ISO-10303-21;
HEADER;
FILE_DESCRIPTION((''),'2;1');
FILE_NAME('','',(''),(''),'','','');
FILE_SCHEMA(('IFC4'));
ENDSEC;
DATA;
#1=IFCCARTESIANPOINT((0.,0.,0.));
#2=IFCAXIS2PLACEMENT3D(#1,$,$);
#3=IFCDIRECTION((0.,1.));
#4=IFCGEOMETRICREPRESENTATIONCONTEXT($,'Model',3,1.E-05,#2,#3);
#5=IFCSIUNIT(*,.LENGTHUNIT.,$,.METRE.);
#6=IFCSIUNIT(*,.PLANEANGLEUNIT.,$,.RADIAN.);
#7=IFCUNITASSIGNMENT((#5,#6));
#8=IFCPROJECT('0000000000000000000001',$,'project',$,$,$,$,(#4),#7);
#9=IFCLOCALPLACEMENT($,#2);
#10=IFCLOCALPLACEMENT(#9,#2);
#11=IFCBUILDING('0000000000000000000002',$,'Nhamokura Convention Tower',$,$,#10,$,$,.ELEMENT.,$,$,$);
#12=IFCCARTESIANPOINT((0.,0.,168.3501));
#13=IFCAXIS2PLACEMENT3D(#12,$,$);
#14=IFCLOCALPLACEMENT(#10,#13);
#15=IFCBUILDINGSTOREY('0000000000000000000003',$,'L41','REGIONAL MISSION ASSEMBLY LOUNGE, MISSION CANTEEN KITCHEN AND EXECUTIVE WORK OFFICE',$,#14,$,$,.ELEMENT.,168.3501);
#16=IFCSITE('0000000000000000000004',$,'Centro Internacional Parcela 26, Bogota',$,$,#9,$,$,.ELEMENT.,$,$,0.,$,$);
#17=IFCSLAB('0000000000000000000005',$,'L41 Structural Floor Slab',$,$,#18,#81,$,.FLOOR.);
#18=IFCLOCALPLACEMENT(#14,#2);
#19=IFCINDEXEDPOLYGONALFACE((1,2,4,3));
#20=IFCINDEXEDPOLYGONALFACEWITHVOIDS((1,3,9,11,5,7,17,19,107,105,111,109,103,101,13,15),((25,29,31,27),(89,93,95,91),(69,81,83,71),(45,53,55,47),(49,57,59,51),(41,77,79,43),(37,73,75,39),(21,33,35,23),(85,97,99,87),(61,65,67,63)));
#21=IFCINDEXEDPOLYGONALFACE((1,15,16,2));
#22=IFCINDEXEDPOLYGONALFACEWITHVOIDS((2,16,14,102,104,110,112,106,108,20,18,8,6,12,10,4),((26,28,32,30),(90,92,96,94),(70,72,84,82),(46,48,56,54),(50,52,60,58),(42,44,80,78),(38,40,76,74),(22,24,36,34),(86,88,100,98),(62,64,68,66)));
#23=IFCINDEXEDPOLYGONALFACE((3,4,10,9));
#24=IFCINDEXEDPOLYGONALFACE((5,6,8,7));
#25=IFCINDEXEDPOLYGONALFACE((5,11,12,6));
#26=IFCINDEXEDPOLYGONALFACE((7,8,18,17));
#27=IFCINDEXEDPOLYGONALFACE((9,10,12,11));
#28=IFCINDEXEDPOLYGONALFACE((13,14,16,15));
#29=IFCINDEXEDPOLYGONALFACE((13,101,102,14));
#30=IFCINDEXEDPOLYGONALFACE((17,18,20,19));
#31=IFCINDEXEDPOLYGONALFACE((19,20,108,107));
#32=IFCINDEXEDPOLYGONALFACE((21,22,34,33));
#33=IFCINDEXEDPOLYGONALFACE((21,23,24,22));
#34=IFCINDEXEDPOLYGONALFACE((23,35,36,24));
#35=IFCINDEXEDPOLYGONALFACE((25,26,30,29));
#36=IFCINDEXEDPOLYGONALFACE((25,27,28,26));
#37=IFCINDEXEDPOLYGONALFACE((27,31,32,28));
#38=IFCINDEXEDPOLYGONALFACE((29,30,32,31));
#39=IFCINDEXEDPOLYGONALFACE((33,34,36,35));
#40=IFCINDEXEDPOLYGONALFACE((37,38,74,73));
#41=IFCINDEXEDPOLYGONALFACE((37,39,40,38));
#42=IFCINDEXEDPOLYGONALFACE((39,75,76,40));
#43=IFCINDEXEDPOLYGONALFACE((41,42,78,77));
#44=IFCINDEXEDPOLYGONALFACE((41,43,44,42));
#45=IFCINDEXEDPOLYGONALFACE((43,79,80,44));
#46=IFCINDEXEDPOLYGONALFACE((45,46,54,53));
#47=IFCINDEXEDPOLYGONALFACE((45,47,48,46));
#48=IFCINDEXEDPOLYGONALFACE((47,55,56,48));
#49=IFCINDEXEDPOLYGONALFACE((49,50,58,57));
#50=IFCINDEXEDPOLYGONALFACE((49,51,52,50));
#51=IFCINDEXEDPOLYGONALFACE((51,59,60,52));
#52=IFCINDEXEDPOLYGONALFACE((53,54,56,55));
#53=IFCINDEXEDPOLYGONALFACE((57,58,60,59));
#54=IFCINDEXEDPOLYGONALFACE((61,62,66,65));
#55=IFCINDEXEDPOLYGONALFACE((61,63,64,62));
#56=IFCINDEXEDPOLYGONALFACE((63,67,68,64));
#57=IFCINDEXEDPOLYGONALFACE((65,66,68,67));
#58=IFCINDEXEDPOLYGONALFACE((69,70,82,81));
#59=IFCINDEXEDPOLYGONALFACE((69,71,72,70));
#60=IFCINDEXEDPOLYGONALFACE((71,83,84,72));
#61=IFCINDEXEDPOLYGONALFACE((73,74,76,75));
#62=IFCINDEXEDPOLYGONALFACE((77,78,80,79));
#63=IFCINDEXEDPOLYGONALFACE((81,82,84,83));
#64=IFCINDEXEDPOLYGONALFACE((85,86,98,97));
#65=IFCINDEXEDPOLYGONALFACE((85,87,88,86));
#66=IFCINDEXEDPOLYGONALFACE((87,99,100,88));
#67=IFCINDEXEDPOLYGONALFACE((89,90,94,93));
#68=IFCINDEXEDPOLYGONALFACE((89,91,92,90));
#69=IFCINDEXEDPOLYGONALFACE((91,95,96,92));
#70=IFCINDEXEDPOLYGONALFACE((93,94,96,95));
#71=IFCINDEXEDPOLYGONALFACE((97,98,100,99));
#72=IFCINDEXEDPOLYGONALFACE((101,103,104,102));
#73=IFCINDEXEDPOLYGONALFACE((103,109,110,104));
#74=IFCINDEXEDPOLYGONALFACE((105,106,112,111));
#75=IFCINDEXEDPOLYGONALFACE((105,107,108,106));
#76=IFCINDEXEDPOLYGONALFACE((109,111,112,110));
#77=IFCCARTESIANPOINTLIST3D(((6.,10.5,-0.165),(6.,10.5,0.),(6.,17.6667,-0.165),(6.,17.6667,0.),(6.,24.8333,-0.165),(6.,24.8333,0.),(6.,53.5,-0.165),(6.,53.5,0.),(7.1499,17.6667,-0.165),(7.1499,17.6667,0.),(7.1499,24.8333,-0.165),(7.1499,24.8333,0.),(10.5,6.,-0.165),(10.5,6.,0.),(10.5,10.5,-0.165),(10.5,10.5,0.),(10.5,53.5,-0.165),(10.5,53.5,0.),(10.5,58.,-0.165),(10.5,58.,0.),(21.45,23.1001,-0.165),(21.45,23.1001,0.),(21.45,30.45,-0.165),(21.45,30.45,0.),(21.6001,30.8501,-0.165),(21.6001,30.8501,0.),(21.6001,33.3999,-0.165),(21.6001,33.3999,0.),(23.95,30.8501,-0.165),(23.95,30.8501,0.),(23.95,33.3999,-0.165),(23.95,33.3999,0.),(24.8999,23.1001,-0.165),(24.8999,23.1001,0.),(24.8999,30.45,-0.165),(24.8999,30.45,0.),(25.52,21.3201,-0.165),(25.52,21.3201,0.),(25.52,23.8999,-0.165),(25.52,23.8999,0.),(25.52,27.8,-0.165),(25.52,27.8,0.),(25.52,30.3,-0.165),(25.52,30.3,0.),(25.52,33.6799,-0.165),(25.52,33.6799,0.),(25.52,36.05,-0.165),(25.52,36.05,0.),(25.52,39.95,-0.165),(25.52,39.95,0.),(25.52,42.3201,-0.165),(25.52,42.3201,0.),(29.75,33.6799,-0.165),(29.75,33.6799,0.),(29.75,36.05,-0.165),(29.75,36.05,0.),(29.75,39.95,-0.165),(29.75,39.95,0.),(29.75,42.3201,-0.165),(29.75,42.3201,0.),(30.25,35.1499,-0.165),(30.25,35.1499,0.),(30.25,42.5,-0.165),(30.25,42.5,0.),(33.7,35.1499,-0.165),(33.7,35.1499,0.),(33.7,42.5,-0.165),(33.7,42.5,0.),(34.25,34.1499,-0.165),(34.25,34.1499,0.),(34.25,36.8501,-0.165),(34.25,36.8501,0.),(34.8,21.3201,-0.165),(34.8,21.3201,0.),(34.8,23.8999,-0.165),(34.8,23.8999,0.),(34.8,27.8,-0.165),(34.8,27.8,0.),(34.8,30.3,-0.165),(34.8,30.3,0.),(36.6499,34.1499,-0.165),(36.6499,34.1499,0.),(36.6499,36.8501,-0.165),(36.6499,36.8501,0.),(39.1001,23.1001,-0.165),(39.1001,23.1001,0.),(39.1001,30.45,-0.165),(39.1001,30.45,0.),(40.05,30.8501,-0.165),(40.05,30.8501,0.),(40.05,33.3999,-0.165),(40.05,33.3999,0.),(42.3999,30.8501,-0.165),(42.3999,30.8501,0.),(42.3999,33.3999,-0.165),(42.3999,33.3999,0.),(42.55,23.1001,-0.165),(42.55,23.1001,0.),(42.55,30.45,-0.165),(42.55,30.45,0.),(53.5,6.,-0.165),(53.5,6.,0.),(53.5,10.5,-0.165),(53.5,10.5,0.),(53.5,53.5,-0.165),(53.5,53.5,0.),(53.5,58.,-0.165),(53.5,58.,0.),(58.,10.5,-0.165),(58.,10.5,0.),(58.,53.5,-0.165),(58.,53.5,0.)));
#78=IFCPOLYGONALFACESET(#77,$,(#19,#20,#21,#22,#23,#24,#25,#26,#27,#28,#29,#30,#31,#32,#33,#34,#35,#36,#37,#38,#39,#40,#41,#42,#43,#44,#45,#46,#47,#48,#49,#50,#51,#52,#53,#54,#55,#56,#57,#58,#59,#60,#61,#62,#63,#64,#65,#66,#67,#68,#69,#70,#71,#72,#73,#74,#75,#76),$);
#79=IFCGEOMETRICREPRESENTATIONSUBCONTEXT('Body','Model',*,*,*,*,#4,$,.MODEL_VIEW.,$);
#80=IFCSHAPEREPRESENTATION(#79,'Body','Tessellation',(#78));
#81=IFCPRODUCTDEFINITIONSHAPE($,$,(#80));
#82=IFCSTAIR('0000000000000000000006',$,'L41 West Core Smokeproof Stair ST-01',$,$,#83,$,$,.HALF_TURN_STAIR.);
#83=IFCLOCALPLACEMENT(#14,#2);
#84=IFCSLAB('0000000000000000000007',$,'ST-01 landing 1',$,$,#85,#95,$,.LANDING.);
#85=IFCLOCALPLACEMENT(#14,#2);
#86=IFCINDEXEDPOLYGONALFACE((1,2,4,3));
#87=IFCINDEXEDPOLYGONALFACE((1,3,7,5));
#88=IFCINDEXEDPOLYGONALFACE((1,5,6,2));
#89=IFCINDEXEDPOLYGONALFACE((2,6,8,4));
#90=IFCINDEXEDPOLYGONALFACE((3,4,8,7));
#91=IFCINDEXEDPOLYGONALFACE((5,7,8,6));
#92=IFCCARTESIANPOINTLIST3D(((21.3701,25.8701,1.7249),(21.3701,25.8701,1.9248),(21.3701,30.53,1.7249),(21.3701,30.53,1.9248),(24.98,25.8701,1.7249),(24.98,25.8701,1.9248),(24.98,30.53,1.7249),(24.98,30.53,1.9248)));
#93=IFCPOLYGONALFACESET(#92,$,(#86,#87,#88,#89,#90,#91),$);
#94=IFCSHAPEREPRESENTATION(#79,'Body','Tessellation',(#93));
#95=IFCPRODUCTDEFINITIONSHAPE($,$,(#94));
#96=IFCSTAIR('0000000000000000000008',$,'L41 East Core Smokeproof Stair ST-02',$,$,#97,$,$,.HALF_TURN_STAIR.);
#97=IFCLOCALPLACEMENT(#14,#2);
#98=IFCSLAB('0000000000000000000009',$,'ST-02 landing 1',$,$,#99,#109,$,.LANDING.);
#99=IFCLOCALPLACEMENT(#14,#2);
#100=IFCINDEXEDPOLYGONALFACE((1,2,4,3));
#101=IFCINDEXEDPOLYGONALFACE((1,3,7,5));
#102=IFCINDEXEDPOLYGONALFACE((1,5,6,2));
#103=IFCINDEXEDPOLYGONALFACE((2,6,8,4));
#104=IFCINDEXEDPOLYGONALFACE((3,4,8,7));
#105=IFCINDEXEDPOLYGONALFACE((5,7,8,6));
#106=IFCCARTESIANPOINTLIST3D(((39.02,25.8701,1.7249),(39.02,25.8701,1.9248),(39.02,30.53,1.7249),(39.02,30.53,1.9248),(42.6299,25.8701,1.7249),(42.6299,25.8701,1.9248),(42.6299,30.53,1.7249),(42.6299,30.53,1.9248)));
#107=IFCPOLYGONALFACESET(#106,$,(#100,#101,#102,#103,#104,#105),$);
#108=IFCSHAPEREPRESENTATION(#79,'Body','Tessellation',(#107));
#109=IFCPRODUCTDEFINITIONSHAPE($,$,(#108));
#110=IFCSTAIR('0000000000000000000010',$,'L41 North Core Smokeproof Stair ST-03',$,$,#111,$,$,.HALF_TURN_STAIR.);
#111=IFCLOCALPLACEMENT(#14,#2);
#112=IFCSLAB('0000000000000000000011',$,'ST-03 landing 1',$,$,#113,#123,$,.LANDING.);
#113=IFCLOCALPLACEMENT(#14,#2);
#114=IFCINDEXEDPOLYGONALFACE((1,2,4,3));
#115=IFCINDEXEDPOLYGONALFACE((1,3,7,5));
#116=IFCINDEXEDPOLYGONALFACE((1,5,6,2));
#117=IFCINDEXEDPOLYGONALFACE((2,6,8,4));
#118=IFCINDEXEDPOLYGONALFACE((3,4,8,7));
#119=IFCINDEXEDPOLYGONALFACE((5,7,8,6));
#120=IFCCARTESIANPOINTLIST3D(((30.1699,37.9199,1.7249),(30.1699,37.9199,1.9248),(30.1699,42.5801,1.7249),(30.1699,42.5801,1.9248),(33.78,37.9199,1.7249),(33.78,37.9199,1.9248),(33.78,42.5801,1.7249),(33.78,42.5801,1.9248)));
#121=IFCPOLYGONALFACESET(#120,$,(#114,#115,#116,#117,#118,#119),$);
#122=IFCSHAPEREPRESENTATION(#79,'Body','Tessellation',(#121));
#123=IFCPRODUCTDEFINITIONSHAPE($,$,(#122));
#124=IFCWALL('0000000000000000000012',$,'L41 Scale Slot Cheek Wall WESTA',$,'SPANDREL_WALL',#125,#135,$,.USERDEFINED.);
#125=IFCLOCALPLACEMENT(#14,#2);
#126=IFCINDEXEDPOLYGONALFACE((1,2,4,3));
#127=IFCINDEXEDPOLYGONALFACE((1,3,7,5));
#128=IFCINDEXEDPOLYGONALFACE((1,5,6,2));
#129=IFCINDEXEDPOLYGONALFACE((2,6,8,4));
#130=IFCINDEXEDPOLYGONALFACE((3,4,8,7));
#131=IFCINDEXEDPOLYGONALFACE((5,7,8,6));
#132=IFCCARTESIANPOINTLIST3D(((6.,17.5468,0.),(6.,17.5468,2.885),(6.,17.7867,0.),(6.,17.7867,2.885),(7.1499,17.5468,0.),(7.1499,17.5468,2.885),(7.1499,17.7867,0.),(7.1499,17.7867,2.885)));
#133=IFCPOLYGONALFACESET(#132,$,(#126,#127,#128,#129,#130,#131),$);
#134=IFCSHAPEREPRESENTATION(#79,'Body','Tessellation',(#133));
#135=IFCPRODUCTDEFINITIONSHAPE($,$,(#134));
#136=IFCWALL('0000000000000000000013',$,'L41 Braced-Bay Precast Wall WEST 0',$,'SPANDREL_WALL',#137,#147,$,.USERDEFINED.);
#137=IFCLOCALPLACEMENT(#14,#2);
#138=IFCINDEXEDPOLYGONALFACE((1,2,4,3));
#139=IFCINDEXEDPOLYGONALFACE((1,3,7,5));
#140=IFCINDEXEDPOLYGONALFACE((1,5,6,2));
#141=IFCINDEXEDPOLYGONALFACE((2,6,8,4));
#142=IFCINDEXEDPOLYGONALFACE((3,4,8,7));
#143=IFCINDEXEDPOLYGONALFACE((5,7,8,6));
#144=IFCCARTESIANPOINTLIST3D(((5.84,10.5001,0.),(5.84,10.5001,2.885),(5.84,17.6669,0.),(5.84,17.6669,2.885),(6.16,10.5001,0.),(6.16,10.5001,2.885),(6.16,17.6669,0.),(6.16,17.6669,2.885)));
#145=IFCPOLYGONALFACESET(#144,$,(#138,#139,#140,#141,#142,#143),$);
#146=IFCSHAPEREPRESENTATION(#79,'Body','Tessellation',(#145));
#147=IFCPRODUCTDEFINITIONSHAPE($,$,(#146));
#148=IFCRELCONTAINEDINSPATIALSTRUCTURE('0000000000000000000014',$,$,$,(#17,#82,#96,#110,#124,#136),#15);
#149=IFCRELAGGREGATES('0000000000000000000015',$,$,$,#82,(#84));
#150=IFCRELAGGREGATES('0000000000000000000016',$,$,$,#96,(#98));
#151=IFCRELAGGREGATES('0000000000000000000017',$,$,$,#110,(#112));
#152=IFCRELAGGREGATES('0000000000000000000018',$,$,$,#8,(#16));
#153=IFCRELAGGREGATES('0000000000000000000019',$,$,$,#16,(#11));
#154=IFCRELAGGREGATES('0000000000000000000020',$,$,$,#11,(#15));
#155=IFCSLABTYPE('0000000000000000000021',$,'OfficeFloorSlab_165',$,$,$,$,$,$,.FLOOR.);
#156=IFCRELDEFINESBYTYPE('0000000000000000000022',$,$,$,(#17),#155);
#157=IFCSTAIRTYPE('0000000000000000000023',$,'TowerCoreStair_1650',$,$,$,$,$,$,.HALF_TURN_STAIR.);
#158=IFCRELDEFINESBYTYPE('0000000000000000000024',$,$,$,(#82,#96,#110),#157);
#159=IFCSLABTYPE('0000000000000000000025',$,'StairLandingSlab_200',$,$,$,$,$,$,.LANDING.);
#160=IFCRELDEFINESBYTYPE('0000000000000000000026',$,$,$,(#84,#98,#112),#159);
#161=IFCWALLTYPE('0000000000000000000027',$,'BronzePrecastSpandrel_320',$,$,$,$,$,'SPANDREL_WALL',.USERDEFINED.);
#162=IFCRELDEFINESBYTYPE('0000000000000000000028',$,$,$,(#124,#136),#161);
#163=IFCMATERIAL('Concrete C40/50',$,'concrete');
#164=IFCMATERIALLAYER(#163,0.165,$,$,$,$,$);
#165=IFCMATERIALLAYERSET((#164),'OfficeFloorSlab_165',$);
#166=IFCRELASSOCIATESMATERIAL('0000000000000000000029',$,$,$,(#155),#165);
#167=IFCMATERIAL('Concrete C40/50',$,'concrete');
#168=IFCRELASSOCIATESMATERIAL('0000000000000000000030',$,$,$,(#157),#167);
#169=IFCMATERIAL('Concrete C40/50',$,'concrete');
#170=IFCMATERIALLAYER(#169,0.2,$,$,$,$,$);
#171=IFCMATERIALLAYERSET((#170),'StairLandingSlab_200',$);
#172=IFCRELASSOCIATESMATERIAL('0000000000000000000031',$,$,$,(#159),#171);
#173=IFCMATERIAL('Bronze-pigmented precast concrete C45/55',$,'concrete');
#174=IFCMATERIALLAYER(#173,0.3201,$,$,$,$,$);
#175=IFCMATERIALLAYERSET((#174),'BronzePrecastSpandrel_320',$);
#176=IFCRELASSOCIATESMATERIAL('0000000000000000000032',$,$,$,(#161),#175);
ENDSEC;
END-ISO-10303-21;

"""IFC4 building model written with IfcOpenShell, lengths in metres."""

from ifc_helpers import new_model, si_unit, direction, frame, frame_2d, origin, place, context, subcontext, project, spatial, polyline, rectangle, outline, extrude, material, layer, layer_set, type_object, element, aggregate, save


model = new_model("IFC4")

# Units and contexts
model_context = context("Model", 3, precision=1e-05, world=origin(), true_north=direction((0.0, 1.0)))
body_context = subcontext(model_context, "Body", "Model", "MODEL_VIEW")
ifc_project = project(units=[si_unit("LENGTHUNIT", "METRE"), si_unit("PLANEANGLEUNIT", "RADIAN")], contexts=[model_context])

# Site, building, storey
site_placement = place(None, origin())
site = spatial("IfcSite", under=ifc_project, at=site_placement, Name="Centro Internacional Parcela 26, Bogota", CompositionType="ELEMENT", RefElevation=0.0)
building_placement = place(site_placement, origin())
building = spatial("IfcBuilding", under=site, at=building_placement, Name="Nhamokura Convention Tower", CompositionType="ELEMENT")
storey_placement = place(building_placement, frame((0.0, 0.0, 168.3501)))
storey = spatial("IfcBuildingStorey", under=building, at=storey_placement, Name="L41", Description="REGIONAL MISSION ASSEMBLY LOUNGE, MISSION CANTEEN KITCHEN AND EXECUTIVE WORK OFFICE", CompositionType="ELEMENT", Elevation=168.3501)

# Slab
ifc_material_1 = material(Name="Concrete C40/50", Category="concrete")
ifc_layer_1 = layer(ifc_material_1, 0.165)
ifc_layer_set_1 = layer_set([ifc_layer_1], Name="OfficeFloorSlab_165")
slab_type_1 = type_object("IfcSlabType", Name="OfficeFloorSlab_165", PredefinedType="FLOOR", material=ifc_layer_set_1)
slab_1_placement = place(storey_placement, frame((0.0, 0.0, -0.165)))
element("IfcSlab", 1, at=slab_1_placement, inside=storey, type_object=slab_type_1, Name="L41 Structural Floor Slab", PredefinedType="FLOOR", context=body_context, shape_type="SweptSolid", body=[
    extrude(outline(polyline([(10.5, 6.0), (53.5, 6.0), (53.5, 10.5), (58.0, 10.5), (58.0, 53.5), (53.5, 53.5), (53.5, 58.0), (10.5, 58.0), (10.5, 53.5), (6.0, 53.5), (6.0, 24.8333), (7.1499, 24.8333), (7.1499, 17.6667), (6.0, 17.6667), (6.0, 10.5), (10.5, 10.5), (10.5, 6.0)]), holes=[polyline([(24.8999, 23.1001), (24.8999, 30.45), (21.45, 30.45), (21.45, 23.1001), (24.8999, 23.1001)]), polyline([(42.55, 23.1001), (42.55, 30.45), (39.1001, 30.45), (39.1001, 23.1001), (42.55, 23.1001)]), polyline([(33.7, 35.1499), (33.7, 42.5), (30.25, 42.5), (30.25, 35.1499), (33.7, 35.1499)]), polyline([(21.6001, 30.8501), (23.95, 30.8501), (23.95, 33.3999), (21.6001, 33.3999), (21.6001, 30.8501)]), polyline([(40.05, 30.8501), (42.3999, 30.8501), (42.3999, 33.3999), (40.05, 33.3999), (40.05, 30.8501)]), polyline([(34.25, 34.1499), (36.6499, 34.1499), (36.6499, 36.8501), (34.25, 36.8501), (34.25, 34.1499)]), polyline([(25.52, 21.3201), (34.8, 21.3201), (34.8, 23.8999), (25.52, 23.8999), (25.52, 21.3201)]), polyline([(25.52, 27.8), (34.8, 27.8), (34.8, 30.3), (25.52, 30.3), (25.52, 27.8)]), polyline([(25.52, 33.6799), (29.75, 33.6799), (29.75, 36.05), (25.52, 36.05), (25.52, 33.6799)]), polyline([(25.52, 39.95), (29.75, 39.95), (29.75, 42.3201), (25.52, 42.3201), (25.52, 39.95)])]), origin(), (0.0, 0.0, 1.0), 0.165),
])

# Stairs, slabs
ifc_material_2 = material(Name="Concrete C40/50", Category="concrete")
stair_type = type_object("IfcStairType", Name="TowerCoreStair_1650", PredefinedType="HALF_TURN_STAIR", material=ifc_material_2)
stair_1_placement = place(storey_placement, origin())
stair_1 = element("IfcStair", 2, at=stair_1_placement, inside=storey, type_object=stair_type, Name="L41 West Core Smokeproof Stair ST-01", PredefinedType="HALF_TURN_STAIR")
ifc_material_3 = material(Name="Concrete C40/50", Category="concrete")
ifc_layer_2 = layer(ifc_material_3, 0.2)
ifc_layer_set_2 = layer_set([ifc_layer_2], Name="StairLandingSlab_200")
slab_type_2 = type_object("IfcSlabType", Name="StairLandingSlab_200", PredefinedType="LANDING", material=ifc_layer_set_2)
slab_2_placement = place(storey_placement, frame((0.0, 0.0, 1.7249)))
slab_2 = element("IfcSlab", 3, at=slab_2_placement, type_object=slab_type_2, Name="ST-01 landing 1", PredefinedType="LANDING", context=body_context, shape_type="SweptSolid", body=[
    extrude(outline(polyline([(24.98, 25.8701), (24.98, 30.53), (21.3701, 30.53), (21.3701, 25.8701), (24.98, 25.8701)])), origin(), (0.0, 0.0, 1.0), 0.2),
])
aggregate(stair_1, [slab_2])
stair_2_placement = place(storey_placement, origin())
stair_2 = element("IfcStair", 4, at=stair_2_placement, inside=storey, type_object=stair_type, Name="L41 East Core Smokeproof Stair ST-02", PredefinedType="HALF_TURN_STAIR")
slab_3_placement = place(storey_placement, frame((0.0, 0.0, 1.7249)))
slab_3 = element("IfcSlab", 5, at=slab_3_placement, type_object=slab_type_2, Name="ST-02 landing 1", PredefinedType="LANDING", context=body_context, shape_type="SweptSolid", body=[
    extrude(outline(polyline([(42.6299, 25.8701), (42.6299, 30.53), (39.02, 30.53), (39.02, 25.8701), (42.6299, 25.8701)])), origin(), (0.0, 0.0, 1.0), 0.2),
])
aggregate(stair_2, [slab_3])
stair_3_placement = place(storey_placement, origin())
stair_3 = element("IfcStair", 6, at=stair_3_placement, inside=storey, type_object=stair_type, Name="L41 North Core Smokeproof Stair ST-03", PredefinedType="HALF_TURN_STAIR")
slab_4_placement = place(storey_placement, frame((0.0, 0.0, 1.7249)))
slab_4 = element("IfcSlab", 7, at=slab_4_placement, type_object=slab_type_2, Name="ST-03 landing 1", PredefinedType="LANDING", context=body_context, shape_type="SweptSolid", body=[
    extrude(outline(polyline([(33.78, 37.9199), (33.78, 42.5801), (30.1699, 42.5801), (30.1699, 37.9199), (33.78, 37.9199)])), origin(), (0.0, 0.0, 1.0), 0.2),
])
aggregate(stair_3, [slab_4])

# Walls
ifc_material_4 = material(Name="Bronze-pigmented precast concrete C45/55", Category="concrete")
ifc_layer_3 = layer(ifc_material_4, 0.3201)
ifc_layer_set_3 = layer_set([ifc_layer_3], Name="BronzePrecastSpandrel_320")
wall_type = type_object("IfcWallType", Name="BronzePrecastSpandrel_320", ElementType="SPANDREL_WALL", PredefinedType="USERDEFINED", material=ifc_layer_set_3)
wall_1_placement = place(storey_placement, frame((6.0, 17.6667, 0.0), z_axis=(0.0, 0.0, 1.0), x_axis=(1.0, 0.0, 0.0)))
element("IfcWall", 8, at=wall_1_placement, inside=storey, type_object=wall_type, Name="L41 Scale Slot Cheek Wall WESTA", ObjectType="SPANDREL_WALL", PredefinedType="USERDEFINED", context=body_context, shape_type="SweptSolid", body=[
    extrude(rectangle(XDim=1.1499, YDim=0.24, at=frame_2d((0.575, 0.0))), origin(), (0.0, 0.0, 1.0), 2.885),
])
wall_2_placement = place(storey_placement, frame((6.0, 10.5, 0.0), z_axis=(0.0, 0.0, 1.0), x_axis=(0.0, 1.0, 0.0)))
element("IfcWall", 9, at=wall_2_placement, inside=storey, type_object=wall_type, Name="L41 Braced-Bay Precast Wall WEST 0", ObjectType="SPANDREL_WALL", PredefinedType="USERDEFINED", context=body_context, shape_type="SweptSolid", body=[
    extrude(rectangle(XDim=7.1667, YDim=0.3201, at=frame_2d((3.5835, 0.0))), origin(), (0.0, 0.0, 1.0), 2.885),
])

save(model, "model.ifc")
